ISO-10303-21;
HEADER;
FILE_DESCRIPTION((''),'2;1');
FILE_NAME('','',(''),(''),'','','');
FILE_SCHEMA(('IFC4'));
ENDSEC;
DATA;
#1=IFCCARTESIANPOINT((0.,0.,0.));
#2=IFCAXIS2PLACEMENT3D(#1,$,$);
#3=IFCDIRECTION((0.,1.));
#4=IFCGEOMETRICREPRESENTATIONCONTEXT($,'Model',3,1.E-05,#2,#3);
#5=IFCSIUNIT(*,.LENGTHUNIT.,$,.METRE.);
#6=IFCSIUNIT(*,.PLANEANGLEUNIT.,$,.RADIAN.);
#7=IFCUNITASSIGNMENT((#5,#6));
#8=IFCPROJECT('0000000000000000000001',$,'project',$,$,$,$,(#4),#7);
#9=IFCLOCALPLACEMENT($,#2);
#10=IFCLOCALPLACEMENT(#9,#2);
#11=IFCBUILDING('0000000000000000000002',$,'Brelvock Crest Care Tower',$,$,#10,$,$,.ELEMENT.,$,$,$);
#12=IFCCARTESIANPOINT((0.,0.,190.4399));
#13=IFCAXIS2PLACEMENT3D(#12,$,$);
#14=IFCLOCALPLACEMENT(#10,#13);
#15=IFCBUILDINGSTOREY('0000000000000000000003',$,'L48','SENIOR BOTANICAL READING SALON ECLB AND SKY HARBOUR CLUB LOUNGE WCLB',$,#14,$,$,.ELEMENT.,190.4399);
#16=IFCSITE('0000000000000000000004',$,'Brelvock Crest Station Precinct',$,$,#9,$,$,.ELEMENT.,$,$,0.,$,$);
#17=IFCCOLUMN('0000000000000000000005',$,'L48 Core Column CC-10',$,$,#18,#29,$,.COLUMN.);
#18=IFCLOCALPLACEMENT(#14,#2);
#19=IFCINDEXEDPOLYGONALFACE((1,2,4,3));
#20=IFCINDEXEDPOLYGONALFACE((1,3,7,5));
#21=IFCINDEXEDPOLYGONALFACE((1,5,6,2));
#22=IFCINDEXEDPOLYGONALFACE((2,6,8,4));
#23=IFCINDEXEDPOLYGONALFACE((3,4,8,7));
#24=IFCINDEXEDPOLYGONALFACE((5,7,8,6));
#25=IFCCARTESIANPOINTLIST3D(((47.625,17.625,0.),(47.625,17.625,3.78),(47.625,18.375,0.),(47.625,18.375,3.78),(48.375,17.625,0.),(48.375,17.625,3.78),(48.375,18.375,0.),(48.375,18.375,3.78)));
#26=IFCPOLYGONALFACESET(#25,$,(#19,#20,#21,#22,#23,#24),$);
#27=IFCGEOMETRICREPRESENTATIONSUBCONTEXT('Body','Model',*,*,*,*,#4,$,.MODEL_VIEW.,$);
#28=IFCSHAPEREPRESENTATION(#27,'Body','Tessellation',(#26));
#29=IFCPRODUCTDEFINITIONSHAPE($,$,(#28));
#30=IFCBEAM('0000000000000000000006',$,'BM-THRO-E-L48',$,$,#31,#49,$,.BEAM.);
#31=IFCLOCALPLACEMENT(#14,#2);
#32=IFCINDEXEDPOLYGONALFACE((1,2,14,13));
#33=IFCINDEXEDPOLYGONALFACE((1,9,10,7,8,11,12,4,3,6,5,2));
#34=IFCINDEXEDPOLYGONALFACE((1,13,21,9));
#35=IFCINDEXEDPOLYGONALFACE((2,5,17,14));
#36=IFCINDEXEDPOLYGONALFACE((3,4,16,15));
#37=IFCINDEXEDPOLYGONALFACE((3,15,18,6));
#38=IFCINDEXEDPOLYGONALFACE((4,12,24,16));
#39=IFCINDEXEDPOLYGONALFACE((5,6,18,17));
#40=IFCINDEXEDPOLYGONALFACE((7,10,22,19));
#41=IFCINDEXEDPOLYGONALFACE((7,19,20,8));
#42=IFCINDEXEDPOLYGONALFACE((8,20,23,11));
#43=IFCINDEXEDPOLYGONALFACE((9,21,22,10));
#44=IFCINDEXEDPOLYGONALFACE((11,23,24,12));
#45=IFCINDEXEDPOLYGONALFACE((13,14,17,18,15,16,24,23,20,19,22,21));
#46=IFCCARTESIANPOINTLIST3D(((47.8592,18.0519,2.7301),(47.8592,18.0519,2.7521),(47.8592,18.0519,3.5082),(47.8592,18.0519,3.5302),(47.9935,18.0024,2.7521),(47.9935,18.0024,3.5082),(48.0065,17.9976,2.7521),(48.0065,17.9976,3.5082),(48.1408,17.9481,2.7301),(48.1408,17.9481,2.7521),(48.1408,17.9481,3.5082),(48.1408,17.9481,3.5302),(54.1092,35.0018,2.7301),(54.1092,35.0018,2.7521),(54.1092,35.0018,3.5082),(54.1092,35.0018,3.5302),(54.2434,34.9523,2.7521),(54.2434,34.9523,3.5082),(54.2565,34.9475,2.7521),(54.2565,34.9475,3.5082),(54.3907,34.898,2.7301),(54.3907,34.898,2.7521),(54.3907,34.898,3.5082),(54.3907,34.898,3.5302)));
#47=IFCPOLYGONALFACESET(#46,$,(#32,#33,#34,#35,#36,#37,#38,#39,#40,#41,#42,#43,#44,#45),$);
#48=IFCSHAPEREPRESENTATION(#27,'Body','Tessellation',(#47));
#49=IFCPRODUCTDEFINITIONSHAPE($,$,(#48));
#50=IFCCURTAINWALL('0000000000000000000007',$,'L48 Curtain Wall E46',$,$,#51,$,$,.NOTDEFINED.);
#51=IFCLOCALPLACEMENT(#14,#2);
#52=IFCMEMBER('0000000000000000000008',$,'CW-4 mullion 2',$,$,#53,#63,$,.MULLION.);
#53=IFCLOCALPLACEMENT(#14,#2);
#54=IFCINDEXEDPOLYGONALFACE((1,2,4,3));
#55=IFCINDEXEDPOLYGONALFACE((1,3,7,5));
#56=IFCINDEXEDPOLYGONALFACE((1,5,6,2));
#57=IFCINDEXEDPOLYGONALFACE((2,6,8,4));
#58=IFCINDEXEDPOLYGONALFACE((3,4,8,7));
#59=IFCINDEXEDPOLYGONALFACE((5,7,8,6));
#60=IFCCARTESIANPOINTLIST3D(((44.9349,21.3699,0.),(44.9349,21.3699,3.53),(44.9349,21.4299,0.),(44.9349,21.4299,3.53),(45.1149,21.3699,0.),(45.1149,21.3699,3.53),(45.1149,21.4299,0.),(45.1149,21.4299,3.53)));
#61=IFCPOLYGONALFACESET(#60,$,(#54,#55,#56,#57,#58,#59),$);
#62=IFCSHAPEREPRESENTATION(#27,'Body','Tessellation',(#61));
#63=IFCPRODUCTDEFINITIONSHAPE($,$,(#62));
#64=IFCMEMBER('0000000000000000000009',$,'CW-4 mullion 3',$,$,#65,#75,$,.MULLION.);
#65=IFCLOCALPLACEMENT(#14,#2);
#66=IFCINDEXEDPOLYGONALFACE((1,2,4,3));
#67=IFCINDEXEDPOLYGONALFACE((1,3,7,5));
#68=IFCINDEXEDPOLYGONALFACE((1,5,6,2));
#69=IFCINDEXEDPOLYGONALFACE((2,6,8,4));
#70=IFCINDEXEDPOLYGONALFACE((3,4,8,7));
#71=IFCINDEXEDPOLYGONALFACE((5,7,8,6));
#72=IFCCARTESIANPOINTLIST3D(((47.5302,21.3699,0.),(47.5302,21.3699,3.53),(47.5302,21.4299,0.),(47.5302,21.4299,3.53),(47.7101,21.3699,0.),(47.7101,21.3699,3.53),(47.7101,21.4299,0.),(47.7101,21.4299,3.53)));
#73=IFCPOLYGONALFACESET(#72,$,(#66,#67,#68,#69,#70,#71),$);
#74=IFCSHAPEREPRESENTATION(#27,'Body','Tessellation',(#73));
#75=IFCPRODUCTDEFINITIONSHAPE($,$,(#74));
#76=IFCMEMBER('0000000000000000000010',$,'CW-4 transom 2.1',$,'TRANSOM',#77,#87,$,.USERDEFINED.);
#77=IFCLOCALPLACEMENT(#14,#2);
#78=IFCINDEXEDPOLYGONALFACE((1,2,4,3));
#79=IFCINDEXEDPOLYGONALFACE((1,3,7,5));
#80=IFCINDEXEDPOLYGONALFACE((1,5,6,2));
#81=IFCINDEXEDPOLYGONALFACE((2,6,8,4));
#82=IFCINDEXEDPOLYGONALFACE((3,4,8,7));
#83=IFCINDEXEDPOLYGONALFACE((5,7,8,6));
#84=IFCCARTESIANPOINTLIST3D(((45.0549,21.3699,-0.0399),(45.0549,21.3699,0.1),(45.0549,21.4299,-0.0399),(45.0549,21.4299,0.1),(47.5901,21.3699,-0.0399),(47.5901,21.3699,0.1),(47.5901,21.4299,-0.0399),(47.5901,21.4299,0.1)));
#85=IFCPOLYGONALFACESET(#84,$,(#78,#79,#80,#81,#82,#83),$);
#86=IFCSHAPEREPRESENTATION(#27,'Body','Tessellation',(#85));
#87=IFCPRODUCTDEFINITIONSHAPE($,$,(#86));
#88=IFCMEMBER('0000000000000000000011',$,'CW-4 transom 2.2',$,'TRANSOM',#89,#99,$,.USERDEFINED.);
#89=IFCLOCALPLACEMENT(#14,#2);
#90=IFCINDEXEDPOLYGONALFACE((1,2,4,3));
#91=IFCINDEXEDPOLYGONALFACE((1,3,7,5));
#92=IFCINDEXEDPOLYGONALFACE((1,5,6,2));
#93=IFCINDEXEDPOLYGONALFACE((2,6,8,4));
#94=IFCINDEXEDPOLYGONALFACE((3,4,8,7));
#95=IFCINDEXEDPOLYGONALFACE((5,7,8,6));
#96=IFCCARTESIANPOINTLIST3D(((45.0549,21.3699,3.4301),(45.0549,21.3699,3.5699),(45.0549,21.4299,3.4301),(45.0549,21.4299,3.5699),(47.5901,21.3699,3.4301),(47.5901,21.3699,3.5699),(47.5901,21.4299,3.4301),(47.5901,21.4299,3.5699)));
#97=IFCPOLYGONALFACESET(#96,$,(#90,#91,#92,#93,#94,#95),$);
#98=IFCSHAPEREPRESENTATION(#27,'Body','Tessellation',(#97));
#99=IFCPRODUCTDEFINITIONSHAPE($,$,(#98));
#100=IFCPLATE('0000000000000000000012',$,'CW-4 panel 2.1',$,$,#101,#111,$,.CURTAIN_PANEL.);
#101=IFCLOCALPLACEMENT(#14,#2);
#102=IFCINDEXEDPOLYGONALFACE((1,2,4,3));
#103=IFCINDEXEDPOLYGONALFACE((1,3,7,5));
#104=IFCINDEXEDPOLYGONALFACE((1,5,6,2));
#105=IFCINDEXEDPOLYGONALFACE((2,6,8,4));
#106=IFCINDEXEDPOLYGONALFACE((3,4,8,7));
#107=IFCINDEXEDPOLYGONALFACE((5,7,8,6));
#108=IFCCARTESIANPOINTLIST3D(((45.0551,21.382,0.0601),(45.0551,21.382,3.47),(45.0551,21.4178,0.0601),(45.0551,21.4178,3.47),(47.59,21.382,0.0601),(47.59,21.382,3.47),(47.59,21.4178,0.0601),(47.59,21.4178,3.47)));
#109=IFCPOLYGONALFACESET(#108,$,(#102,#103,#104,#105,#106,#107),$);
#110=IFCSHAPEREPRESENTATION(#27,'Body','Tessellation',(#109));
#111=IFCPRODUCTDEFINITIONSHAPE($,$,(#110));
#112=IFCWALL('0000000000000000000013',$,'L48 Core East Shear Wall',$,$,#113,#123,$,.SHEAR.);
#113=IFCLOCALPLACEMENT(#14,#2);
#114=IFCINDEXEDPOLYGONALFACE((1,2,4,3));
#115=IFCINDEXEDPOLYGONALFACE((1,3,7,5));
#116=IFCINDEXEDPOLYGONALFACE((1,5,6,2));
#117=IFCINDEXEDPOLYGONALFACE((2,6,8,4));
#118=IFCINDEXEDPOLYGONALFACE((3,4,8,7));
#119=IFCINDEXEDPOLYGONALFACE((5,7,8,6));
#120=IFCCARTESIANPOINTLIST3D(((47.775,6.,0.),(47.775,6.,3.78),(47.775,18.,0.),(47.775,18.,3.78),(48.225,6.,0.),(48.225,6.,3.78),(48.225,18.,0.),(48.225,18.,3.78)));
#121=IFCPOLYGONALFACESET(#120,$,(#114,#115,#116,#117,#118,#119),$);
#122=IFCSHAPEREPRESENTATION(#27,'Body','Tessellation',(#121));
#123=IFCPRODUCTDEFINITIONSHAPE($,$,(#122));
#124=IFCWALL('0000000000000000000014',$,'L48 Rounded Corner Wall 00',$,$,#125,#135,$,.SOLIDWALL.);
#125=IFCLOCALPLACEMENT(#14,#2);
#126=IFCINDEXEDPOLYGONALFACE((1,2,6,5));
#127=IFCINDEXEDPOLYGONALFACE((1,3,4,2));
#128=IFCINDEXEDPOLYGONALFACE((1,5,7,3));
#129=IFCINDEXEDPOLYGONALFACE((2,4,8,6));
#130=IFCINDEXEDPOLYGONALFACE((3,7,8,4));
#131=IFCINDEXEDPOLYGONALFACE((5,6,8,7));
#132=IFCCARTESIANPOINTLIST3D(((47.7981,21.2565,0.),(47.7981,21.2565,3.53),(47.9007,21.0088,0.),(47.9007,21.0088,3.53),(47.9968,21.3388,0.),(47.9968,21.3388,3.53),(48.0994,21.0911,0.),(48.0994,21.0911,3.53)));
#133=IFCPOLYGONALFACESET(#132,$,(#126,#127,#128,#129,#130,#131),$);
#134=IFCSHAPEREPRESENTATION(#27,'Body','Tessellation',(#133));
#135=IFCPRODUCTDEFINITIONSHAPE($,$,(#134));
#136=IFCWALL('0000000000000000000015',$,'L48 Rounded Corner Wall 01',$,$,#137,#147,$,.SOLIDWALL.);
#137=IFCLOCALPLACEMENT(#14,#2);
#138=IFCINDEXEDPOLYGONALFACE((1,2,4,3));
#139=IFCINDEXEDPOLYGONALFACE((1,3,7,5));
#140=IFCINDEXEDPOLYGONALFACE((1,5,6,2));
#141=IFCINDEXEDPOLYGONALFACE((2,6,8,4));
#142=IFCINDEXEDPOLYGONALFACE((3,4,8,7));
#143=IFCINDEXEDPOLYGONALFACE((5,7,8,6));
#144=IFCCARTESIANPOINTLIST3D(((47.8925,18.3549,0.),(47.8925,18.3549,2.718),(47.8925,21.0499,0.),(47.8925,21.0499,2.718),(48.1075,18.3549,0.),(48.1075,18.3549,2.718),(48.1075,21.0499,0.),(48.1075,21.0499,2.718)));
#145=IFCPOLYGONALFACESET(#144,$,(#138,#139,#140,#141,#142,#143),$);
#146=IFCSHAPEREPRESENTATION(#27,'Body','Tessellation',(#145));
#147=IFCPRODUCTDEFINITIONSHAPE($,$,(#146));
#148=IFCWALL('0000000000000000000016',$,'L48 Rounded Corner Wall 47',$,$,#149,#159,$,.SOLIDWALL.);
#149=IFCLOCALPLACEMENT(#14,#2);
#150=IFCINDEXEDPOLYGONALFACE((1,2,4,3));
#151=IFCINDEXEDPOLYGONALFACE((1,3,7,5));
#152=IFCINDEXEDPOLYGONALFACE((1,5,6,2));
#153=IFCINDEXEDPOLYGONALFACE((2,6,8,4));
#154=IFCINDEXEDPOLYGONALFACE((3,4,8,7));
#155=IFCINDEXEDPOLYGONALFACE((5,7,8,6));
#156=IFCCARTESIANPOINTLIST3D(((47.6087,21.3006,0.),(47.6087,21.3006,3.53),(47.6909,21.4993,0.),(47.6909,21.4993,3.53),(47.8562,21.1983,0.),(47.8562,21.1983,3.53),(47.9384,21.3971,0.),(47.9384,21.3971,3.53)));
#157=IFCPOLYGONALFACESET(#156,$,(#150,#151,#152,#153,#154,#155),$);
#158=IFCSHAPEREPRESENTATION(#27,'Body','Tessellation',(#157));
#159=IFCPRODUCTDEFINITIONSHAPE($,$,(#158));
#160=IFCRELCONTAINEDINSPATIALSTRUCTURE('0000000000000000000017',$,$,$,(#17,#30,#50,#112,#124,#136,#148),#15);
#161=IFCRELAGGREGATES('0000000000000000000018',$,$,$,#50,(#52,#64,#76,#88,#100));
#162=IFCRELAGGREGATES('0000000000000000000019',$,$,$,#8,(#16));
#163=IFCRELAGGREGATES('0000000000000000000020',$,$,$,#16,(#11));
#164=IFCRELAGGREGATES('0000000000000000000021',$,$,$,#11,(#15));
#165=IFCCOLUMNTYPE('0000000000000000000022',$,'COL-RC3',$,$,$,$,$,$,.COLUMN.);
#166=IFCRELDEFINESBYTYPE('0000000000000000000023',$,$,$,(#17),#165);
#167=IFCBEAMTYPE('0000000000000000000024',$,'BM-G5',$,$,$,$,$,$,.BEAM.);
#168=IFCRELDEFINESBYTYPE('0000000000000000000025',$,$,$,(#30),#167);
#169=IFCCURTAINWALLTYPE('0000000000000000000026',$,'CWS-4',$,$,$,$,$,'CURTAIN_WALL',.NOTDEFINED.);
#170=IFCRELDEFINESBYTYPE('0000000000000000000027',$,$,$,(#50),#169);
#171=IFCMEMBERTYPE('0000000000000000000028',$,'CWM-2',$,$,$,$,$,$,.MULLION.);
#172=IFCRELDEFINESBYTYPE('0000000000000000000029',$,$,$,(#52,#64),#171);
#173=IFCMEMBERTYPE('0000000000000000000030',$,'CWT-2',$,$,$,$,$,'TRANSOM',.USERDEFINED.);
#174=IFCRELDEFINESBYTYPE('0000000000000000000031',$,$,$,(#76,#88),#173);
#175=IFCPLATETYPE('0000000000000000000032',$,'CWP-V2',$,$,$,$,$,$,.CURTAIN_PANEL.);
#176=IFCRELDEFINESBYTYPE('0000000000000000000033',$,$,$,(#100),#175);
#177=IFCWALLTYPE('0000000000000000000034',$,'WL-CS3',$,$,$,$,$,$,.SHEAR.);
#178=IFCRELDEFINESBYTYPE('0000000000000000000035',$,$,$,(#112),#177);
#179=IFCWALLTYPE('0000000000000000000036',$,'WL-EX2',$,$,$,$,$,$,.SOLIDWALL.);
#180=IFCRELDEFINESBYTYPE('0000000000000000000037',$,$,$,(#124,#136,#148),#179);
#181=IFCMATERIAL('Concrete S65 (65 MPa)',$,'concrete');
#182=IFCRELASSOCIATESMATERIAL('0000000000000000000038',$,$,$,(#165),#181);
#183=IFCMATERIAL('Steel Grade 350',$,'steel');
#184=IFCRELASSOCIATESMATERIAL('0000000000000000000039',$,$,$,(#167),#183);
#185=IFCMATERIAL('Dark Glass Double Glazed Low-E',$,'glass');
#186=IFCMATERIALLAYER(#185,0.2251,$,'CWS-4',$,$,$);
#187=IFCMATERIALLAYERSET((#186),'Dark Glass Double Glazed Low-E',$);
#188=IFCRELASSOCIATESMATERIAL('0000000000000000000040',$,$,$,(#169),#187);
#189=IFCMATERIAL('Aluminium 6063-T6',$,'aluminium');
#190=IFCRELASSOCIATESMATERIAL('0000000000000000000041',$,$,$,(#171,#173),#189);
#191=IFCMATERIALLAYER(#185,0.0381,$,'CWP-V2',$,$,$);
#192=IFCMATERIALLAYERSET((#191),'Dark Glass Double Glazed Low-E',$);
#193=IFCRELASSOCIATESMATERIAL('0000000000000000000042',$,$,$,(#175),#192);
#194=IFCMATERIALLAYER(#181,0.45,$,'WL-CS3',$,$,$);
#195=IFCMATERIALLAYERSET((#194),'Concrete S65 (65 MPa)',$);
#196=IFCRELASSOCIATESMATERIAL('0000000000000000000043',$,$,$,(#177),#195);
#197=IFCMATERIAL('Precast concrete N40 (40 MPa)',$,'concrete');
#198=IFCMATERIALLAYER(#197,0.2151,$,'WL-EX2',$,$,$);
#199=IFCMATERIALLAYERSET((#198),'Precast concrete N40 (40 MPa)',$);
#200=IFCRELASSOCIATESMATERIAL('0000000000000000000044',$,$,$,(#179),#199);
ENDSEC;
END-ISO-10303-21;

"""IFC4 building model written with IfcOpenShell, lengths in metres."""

from ifc_helpers import new_model, si_unit, direction, frame, frame_2d, origin, origin_2d, place, context, subcontext, project, spatial, rectangle, i_section, extrude, source, transform, mapped, material, layer, layer_set, material_profile, profile_set, type_object, element, aggregate, save


model = new_model("IFC4")

# Units and contexts
model_context = context("Model", 3, precision=1e-05, world=origin(), true_north=direction((0.0, 1.0)))
body_context = subcontext(model_context, "Body", "Model", "MODEL_VIEW")
ifc_project = project(units=[si_unit("LENGTHUNIT", "METRE"), si_unit("PLANEANGLEUNIT", "RADIAN")], contexts=[model_context])

# Site, building, storey
site_placement = place(None, origin())
site = spatial("IfcSite", under=ifc_project, at=site_placement, Name="Brelvock Crest Station Precinct", CompositionType="ELEMENT", RefElevation=0.0)
building_placement = place(site_placement, origin())
building = spatial("IfcBuilding", under=site, at=building_placement, Name="Brelvock Crest Care Tower", CompositionType="ELEMENT")
storey_placement = place(building_placement, frame((0.0, 0.0, 190.4399)))
storey = spatial("IfcBuildingStorey", under=building, at=storey_placement, Name="L48", Description="SENIOR BOTANICAL READING SALON ECLB AND SKY HARBOUR CLUB LOUNGE WCLB", CompositionType="ELEMENT", Elevation=190.4399)

# Column
ifc_material_1 = material(Name="Concrete S65 (65 MPa)", Category="concrete")
ifc_material_profile_1 = material_profile(ifc_material_1, rectangle(XDim=0.75, YDim=0.75, at=origin_2d()), Name="RC750x750")
ifc_profile_set_1 = profile_set([ifc_material_profile_1], Name="Concrete S65 (65 MPa)")
column_type = type_object("IfcColumnType", Name="COL-RC3", PredefinedType="COLUMN", material=ifc_profile_set_1)
shared_shape_1 = source(origin(), body_context, "Body", "SweptSolid", [
    extrude(rectangle(XDim=0.75, YDim=0.75, at=origin_2d()), origin(), (0.0, 0.0, 1.0), 3.78),
])
column_placement = place(storey_placement, frame((48.0, 18.0, 0.0), z_axis=(0.0, 0.0, 1.0), x_axis=(1.0, 0.0, 0.0)))
element("IfcColumn", 1, at=column_placement, inside=storey, type_object=column_type, Name="L48 Core Column CC-10", PredefinedType="COLUMN", context=body_context, shape_type="MappedRepresentation", body=[
    mapped(shared_shape_1, transform((0.0, 0.0, 0.0), x_axis=(1.0, 0.0, 0.0), y_axis=(0.0, 1.0, 0.0), z_axis=(0.0, 0.0, 1.0), scale=1.0)),
])

# Beam
ifc_material_2 = material(Name="Steel Grade 350", Category="steel")
ifc_material_profile_2 = material_profile(ifc_material_2, i_section(OverallWidth=0.3, OverallDepth=0.8, WebThickness=0.0139, FlangeThickness=0.022, at=origin_2d()), Name="800WB192")
ifc_profile_set_2 = profile_set([ifc_material_profile_2], Name="Steel Grade 350")
beam_type = type_object("IfcBeamType", Name="BM-G5", PredefinedType="BEAM", material=ifc_profile_set_2)
shared_shape_2 = source(origin(), body_context, "Body", "SweptSolid", [
    extrude(i_section(OverallWidth=0.3, OverallDepth=0.8, WebThickness=0.0139, FlangeThickness=0.022, at=origin_2d()), origin(), (0.0, 0.0, 1.0), 18.0654),
])
beam_placement = place(storey_placement, frame((48.0, 18.0, 3.1301), z_axis=(0.345963, 0.938248, 0.0), x_axis=(-0.938248, 0.345963, 0.0)))
element("IfcBeam", 2, at=beam_placement, inside=storey, type_object=beam_type, Name="BM-THRO-E-L48", PredefinedType="BEAM", context=body_context, shape_type="MappedRepresentation", body=[
    mapped(shared_shape_2, transform((0.0, 0.0, 0.0), x_axis=(1.0, 0.0, 0.0), y_axis=(0.0, 1.0, 0.0), z_axis=(0.0, 0.0, 1.0), scale=1.0)),
])

# Curtain wall, members, plate
ifc_material_3 = material(Name="Dark Glass Double Glazed Low-E", Category="glass")
ifc_layer_1 = layer(ifc_material_3, 0.2251, Name="CWS-4")
ifc_layer_set_1 = layer_set([ifc_layer_1], Name="Dark Glass Double Glazed Low-E")
curtain_wall_type = type_object("IfcCurtainWallType", Name="CWS-4", ElementType="CURTAIN_WALL", PredefinedType="NOTDEFINED", material=ifc_layer_set_1)
curtain_wall_placement = place(storey_placement, origin())
curtain_wall = element("IfcCurtainWall", 3, at=curtain_wall_placement, inside=storey, type_object=curtain_wall_type, Name="L48 Curtain Wall E46", PredefinedType="NOTDEFINED")
ifc_material_4 = material(Name="Aluminium 6063-T6", Category="aluminium")
ifc_material_profile_3 = material_profile(ifc_material_4, rectangle(XDim=0.0601, YDim=0.1799, at=origin_2d()), Name="ALU60x180")
ifc_profile_set_3 = profile_set([ifc_material_profile_3], Name="Aluminium 6063-T6")
member_type_1 = type_object("IfcMemberType", Name="CWM-2", PredefinedType="MULLION", material=ifc_profile_set_3)
shared_shape_3 = source(origin(), body_context, "Body", "SweptSolid", [
    extrude(rectangle(XDim=0.0601, YDim=0.1799, at=origin_2d()), origin(), (0.0, 0.0, 1.0), 3.53),
])
member_1_placement = place(storey_placement, frame((45.0249, 21.3999, 0.0), z_axis=(0.0, 0.0, 1.0), x_axis=(0.0, 1.0, 0.0)))
member_1 = element("IfcMember", 4, at=member_1_placement, type_object=member_type_1, Name="CW-4 mullion 2", PredefinedType="MULLION", context=body_context, shape_type="MappedRepresentation", body=[
    mapped(shared_shape_3, transform((0.0, 0.0, 0.0), x_axis=(1.0, 0.0, 0.0), y_axis=(0.0, 1.0, 0.0), z_axis=(0.0, 0.0, 1.0), scale=1.0)),
])
member_2_placement = place(storey_placement, frame((47.6201, 21.3999, 0.0), z_axis=(0.0, 0.0, 1.0), x_axis=(0.0, 1.0, 0.0)))
member_2 = element("IfcMember", 5, at=member_2_placement, type_object=member_type_1, Name="CW-4 mullion 3", PredefinedType="MULLION", context=body_context, shape_type="MappedRepresentation", body=[
    mapped(shared_shape_3, transform((0.0, 0.0, 0.0), x_axis=(1.0, 0.0, 0.0), y_axis=(0.0, 1.0, 0.0), z_axis=(0.0, 0.0, 1.0), scale=1.0)),
])
ifc_material_profile_4 = material_profile(ifc_material_4, rectangle(XDim=0.0601, YDim=0.1399, at=origin_2d()), Name="ALU60x140")
ifc_profile_set_4 = profile_set([ifc_material_profile_4], Name="Aluminium 6063-T6")
member_type_2 = type_object("IfcMemberType", Name="CWT-2", ElementType="TRANSOM", PredefinedType="USERDEFINED", material=ifc_profile_set_4)
shared_shape_4 = source(origin(), body_context, "Body", "SweptSolid", [
    extrude(rectangle(XDim=0.0601, YDim=0.1399, at=origin_2d()), origin(), (0.0, 0.0, 1.0), 2.5352),
])
member_3_placement = place(storey_placement, frame((45.0549, 21.3999, 0.03), z_axis=(1.0, 0.0, 0.0), x_axis=(0.0, 1.0, 0.0)))
member_3 = element("IfcMember", 6, at=member_3_placement, type_object=member_type_2, Name="CW-4 transom 2.1", ObjectType="TRANSOM", PredefinedType="USERDEFINED", context=body_context, shape_type="MappedRepresentation", body=[
    mapped(shared_shape_4, transform((0.0, 0.0, 0.0), x_axis=(1.0, 0.0, 0.0), y_axis=(0.0, 1.0, 0.0), z_axis=(0.0, 0.0, 1.0), scale=1.0)),
])
member_4_placement = place(storey_placement, frame((45.0549, 21.3999, 3.5), z_axis=(1.0, 0.0, 0.0), x_axis=(0.0, 1.0, 0.0)))
member_4 = element("IfcMember", 7, at=member_4_placement, type_object=member_type_2, Name="CW-4 transom 2.2", ObjectType="TRANSOM", PredefinedType="USERDEFINED", context=body_context, shape_type="MappedRepresentation", body=[
    mapped(shared_shape_4, transform((0.0, 0.0, 0.0), x_axis=(1.0, 0.0, 0.0), y_axis=(0.0, 1.0, 0.0), z_axis=(0.0, 0.0, 1.0), scale=1.0)),
])
ifc_layer_2 = layer(ifc_material_3, 0.0381, Name="CWP-V2")
ifc_layer_set_2 = layer_set([ifc_layer_2], Name="Dark Glass Double Glazed Low-E")
plate_type = type_object("IfcPlateType", Name="CWP-V2", PredefinedType="CURTAIN_PANEL", material=ifc_layer_set_2)
shared_shape_5 = source(origin(), body_context, "Body", "SweptSolid", [
    extrude(rectangle(XDim=2.5349, YDim=0.0359, at=origin_2d()), origin(), (0.0, 0.0, 1.0), 3.4099),
])
plate_placement = place(storey_placement, frame((46.3225, 21.3999, 0.0601), z_axis=(0.0, 0.0, 1.0), x_axis=(1.0, 0.0, 0.0)))
plate = element("IfcPlate", 8, at=plate_placement, type_object=plate_type, Name="CW-4 panel 2.1", PredefinedType="CURTAIN_PANEL", context=body_context, shape_type="MappedRepresentation", body=[
    mapped(shared_shape_5, transform((0.0, 0.0, 0.0), x_axis=(1.0, 0.0, 0.0), y_axis=(0.0, 1.0, 0.0), z_axis=(0.0, 0.0, 1.0), scale=1.0)),
])
aggregate(curtain_wall, [member_1, member_2, member_3, member_4, plate])

# Walls
ifc_layer_3 = layer(ifc_material_1, 0.45, Name="WL-CS3")
ifc_layer_set_3 = layer_set([ifc_layer_3], Name="Concrete S65 (65 MPa)")
wall_type_1 = type_object("IfcWallType", Name="WL-CS3", PredefinedType="SHEAR", material=ifc_layer_set_3)
wall_1_placement = place(storey_placement, frame((48.0, 18.0, 0.0), z_axis=(0.0, 0.0, 1.0), x_axis=(0.0, -1.0, 0.0)))
element("IfcWall", 9, at=wall_1_placement, inside=storey, type_object=wall_type_1, Name="L48 Core East Shear Wall", PredefinedType="SHEAR", context=body_context, shape_type="SweptSolid", body=[
    extrude(rectangle(XDim=12.0, YDim=0.45, at=frame_2d((6.0, 0.0))), origin(), (0.0, 0.0, 1.0), 3.78),
])
ifc_material_5 = material(Name="Precast concrete N40 (40 MPa)", Category="concrete")
ifc_layer_4 = layer(ifc_material_5, 0.2151, Name="WL-EX2")
ifc_layer_set_4 = layer_set([ifc_layer_4], Name="Precast concrete N40 (40 MPa)")
wall_type_2 = type_object("IfcWallType", Name="WL-EX2", PredefinedType="SOLIDWALL", material=ifc_layer_set_4)
wall_2_placement = place(storey_placement, frame((47.8975, 21.2976, 0.0), z_axis=(0.0, 0.0, 1.0), x_axis=(0.382674, -0.923884, 0.0)))
element("IfcWall", 10, at=wall_2_placement, inside=storey, type_object=wall_type_2, Name="L48 Rounded Corner Wall 00", PredefinedType="SOLIDWALL", context=body_context, shape_type="SweptSolid", body=[
    extrude(rectangle(XDim=0.2681, YDim=0.2151, at=frame_2d((0.134, 0.0))), origin(), (0.0, 0.0, 1.0), 3.53),
])
wall_3_placement = place(storey_placement, frame((48.0, 21.05, 0.0), z_axis=(0.0, 0.0, 1.0), x_axis=(0.0, -1.0, 0.0)))
element("IfcWall", 11, at=wall_3_placement, inside=storey, type_object=wall_type_2, Name="L48 Rounded Corner Wall 01", PredefinedType="SOLIDWALL", context=body_context, shape_type="SweptSolid", body=[
    extrude(rectangle(XDim=2.6951, YDim=0.2151, at=frame_2d((1.3477, 0.0))), origin(), (0.0, 0.0, 1.0), 2.718),
])
wall_4_placement = place(storey_placement, frame((47.6499, 21.3999, 0.0), z_axis=(0.0, 0.0, 1.0), x_axis=(0.924205, -0.381896, 0.0)))
element("IfcWall", 12, at=wall_4_placement, inside=storey, type_object=wall_type_2, Name="L48 Rounded Corner Wall 47", PredefinedType="SOLIDWALL", context=body_context, shape_type="SweptSolid", body=[
    extrude(rectangle(XDim=0.2678, YDim=0.2151, at=frame_2d((0.1338, 0.0))), origin(), (0.0, 0.0, 1.0), 3.53),
])

save(model, "model.ifc")
